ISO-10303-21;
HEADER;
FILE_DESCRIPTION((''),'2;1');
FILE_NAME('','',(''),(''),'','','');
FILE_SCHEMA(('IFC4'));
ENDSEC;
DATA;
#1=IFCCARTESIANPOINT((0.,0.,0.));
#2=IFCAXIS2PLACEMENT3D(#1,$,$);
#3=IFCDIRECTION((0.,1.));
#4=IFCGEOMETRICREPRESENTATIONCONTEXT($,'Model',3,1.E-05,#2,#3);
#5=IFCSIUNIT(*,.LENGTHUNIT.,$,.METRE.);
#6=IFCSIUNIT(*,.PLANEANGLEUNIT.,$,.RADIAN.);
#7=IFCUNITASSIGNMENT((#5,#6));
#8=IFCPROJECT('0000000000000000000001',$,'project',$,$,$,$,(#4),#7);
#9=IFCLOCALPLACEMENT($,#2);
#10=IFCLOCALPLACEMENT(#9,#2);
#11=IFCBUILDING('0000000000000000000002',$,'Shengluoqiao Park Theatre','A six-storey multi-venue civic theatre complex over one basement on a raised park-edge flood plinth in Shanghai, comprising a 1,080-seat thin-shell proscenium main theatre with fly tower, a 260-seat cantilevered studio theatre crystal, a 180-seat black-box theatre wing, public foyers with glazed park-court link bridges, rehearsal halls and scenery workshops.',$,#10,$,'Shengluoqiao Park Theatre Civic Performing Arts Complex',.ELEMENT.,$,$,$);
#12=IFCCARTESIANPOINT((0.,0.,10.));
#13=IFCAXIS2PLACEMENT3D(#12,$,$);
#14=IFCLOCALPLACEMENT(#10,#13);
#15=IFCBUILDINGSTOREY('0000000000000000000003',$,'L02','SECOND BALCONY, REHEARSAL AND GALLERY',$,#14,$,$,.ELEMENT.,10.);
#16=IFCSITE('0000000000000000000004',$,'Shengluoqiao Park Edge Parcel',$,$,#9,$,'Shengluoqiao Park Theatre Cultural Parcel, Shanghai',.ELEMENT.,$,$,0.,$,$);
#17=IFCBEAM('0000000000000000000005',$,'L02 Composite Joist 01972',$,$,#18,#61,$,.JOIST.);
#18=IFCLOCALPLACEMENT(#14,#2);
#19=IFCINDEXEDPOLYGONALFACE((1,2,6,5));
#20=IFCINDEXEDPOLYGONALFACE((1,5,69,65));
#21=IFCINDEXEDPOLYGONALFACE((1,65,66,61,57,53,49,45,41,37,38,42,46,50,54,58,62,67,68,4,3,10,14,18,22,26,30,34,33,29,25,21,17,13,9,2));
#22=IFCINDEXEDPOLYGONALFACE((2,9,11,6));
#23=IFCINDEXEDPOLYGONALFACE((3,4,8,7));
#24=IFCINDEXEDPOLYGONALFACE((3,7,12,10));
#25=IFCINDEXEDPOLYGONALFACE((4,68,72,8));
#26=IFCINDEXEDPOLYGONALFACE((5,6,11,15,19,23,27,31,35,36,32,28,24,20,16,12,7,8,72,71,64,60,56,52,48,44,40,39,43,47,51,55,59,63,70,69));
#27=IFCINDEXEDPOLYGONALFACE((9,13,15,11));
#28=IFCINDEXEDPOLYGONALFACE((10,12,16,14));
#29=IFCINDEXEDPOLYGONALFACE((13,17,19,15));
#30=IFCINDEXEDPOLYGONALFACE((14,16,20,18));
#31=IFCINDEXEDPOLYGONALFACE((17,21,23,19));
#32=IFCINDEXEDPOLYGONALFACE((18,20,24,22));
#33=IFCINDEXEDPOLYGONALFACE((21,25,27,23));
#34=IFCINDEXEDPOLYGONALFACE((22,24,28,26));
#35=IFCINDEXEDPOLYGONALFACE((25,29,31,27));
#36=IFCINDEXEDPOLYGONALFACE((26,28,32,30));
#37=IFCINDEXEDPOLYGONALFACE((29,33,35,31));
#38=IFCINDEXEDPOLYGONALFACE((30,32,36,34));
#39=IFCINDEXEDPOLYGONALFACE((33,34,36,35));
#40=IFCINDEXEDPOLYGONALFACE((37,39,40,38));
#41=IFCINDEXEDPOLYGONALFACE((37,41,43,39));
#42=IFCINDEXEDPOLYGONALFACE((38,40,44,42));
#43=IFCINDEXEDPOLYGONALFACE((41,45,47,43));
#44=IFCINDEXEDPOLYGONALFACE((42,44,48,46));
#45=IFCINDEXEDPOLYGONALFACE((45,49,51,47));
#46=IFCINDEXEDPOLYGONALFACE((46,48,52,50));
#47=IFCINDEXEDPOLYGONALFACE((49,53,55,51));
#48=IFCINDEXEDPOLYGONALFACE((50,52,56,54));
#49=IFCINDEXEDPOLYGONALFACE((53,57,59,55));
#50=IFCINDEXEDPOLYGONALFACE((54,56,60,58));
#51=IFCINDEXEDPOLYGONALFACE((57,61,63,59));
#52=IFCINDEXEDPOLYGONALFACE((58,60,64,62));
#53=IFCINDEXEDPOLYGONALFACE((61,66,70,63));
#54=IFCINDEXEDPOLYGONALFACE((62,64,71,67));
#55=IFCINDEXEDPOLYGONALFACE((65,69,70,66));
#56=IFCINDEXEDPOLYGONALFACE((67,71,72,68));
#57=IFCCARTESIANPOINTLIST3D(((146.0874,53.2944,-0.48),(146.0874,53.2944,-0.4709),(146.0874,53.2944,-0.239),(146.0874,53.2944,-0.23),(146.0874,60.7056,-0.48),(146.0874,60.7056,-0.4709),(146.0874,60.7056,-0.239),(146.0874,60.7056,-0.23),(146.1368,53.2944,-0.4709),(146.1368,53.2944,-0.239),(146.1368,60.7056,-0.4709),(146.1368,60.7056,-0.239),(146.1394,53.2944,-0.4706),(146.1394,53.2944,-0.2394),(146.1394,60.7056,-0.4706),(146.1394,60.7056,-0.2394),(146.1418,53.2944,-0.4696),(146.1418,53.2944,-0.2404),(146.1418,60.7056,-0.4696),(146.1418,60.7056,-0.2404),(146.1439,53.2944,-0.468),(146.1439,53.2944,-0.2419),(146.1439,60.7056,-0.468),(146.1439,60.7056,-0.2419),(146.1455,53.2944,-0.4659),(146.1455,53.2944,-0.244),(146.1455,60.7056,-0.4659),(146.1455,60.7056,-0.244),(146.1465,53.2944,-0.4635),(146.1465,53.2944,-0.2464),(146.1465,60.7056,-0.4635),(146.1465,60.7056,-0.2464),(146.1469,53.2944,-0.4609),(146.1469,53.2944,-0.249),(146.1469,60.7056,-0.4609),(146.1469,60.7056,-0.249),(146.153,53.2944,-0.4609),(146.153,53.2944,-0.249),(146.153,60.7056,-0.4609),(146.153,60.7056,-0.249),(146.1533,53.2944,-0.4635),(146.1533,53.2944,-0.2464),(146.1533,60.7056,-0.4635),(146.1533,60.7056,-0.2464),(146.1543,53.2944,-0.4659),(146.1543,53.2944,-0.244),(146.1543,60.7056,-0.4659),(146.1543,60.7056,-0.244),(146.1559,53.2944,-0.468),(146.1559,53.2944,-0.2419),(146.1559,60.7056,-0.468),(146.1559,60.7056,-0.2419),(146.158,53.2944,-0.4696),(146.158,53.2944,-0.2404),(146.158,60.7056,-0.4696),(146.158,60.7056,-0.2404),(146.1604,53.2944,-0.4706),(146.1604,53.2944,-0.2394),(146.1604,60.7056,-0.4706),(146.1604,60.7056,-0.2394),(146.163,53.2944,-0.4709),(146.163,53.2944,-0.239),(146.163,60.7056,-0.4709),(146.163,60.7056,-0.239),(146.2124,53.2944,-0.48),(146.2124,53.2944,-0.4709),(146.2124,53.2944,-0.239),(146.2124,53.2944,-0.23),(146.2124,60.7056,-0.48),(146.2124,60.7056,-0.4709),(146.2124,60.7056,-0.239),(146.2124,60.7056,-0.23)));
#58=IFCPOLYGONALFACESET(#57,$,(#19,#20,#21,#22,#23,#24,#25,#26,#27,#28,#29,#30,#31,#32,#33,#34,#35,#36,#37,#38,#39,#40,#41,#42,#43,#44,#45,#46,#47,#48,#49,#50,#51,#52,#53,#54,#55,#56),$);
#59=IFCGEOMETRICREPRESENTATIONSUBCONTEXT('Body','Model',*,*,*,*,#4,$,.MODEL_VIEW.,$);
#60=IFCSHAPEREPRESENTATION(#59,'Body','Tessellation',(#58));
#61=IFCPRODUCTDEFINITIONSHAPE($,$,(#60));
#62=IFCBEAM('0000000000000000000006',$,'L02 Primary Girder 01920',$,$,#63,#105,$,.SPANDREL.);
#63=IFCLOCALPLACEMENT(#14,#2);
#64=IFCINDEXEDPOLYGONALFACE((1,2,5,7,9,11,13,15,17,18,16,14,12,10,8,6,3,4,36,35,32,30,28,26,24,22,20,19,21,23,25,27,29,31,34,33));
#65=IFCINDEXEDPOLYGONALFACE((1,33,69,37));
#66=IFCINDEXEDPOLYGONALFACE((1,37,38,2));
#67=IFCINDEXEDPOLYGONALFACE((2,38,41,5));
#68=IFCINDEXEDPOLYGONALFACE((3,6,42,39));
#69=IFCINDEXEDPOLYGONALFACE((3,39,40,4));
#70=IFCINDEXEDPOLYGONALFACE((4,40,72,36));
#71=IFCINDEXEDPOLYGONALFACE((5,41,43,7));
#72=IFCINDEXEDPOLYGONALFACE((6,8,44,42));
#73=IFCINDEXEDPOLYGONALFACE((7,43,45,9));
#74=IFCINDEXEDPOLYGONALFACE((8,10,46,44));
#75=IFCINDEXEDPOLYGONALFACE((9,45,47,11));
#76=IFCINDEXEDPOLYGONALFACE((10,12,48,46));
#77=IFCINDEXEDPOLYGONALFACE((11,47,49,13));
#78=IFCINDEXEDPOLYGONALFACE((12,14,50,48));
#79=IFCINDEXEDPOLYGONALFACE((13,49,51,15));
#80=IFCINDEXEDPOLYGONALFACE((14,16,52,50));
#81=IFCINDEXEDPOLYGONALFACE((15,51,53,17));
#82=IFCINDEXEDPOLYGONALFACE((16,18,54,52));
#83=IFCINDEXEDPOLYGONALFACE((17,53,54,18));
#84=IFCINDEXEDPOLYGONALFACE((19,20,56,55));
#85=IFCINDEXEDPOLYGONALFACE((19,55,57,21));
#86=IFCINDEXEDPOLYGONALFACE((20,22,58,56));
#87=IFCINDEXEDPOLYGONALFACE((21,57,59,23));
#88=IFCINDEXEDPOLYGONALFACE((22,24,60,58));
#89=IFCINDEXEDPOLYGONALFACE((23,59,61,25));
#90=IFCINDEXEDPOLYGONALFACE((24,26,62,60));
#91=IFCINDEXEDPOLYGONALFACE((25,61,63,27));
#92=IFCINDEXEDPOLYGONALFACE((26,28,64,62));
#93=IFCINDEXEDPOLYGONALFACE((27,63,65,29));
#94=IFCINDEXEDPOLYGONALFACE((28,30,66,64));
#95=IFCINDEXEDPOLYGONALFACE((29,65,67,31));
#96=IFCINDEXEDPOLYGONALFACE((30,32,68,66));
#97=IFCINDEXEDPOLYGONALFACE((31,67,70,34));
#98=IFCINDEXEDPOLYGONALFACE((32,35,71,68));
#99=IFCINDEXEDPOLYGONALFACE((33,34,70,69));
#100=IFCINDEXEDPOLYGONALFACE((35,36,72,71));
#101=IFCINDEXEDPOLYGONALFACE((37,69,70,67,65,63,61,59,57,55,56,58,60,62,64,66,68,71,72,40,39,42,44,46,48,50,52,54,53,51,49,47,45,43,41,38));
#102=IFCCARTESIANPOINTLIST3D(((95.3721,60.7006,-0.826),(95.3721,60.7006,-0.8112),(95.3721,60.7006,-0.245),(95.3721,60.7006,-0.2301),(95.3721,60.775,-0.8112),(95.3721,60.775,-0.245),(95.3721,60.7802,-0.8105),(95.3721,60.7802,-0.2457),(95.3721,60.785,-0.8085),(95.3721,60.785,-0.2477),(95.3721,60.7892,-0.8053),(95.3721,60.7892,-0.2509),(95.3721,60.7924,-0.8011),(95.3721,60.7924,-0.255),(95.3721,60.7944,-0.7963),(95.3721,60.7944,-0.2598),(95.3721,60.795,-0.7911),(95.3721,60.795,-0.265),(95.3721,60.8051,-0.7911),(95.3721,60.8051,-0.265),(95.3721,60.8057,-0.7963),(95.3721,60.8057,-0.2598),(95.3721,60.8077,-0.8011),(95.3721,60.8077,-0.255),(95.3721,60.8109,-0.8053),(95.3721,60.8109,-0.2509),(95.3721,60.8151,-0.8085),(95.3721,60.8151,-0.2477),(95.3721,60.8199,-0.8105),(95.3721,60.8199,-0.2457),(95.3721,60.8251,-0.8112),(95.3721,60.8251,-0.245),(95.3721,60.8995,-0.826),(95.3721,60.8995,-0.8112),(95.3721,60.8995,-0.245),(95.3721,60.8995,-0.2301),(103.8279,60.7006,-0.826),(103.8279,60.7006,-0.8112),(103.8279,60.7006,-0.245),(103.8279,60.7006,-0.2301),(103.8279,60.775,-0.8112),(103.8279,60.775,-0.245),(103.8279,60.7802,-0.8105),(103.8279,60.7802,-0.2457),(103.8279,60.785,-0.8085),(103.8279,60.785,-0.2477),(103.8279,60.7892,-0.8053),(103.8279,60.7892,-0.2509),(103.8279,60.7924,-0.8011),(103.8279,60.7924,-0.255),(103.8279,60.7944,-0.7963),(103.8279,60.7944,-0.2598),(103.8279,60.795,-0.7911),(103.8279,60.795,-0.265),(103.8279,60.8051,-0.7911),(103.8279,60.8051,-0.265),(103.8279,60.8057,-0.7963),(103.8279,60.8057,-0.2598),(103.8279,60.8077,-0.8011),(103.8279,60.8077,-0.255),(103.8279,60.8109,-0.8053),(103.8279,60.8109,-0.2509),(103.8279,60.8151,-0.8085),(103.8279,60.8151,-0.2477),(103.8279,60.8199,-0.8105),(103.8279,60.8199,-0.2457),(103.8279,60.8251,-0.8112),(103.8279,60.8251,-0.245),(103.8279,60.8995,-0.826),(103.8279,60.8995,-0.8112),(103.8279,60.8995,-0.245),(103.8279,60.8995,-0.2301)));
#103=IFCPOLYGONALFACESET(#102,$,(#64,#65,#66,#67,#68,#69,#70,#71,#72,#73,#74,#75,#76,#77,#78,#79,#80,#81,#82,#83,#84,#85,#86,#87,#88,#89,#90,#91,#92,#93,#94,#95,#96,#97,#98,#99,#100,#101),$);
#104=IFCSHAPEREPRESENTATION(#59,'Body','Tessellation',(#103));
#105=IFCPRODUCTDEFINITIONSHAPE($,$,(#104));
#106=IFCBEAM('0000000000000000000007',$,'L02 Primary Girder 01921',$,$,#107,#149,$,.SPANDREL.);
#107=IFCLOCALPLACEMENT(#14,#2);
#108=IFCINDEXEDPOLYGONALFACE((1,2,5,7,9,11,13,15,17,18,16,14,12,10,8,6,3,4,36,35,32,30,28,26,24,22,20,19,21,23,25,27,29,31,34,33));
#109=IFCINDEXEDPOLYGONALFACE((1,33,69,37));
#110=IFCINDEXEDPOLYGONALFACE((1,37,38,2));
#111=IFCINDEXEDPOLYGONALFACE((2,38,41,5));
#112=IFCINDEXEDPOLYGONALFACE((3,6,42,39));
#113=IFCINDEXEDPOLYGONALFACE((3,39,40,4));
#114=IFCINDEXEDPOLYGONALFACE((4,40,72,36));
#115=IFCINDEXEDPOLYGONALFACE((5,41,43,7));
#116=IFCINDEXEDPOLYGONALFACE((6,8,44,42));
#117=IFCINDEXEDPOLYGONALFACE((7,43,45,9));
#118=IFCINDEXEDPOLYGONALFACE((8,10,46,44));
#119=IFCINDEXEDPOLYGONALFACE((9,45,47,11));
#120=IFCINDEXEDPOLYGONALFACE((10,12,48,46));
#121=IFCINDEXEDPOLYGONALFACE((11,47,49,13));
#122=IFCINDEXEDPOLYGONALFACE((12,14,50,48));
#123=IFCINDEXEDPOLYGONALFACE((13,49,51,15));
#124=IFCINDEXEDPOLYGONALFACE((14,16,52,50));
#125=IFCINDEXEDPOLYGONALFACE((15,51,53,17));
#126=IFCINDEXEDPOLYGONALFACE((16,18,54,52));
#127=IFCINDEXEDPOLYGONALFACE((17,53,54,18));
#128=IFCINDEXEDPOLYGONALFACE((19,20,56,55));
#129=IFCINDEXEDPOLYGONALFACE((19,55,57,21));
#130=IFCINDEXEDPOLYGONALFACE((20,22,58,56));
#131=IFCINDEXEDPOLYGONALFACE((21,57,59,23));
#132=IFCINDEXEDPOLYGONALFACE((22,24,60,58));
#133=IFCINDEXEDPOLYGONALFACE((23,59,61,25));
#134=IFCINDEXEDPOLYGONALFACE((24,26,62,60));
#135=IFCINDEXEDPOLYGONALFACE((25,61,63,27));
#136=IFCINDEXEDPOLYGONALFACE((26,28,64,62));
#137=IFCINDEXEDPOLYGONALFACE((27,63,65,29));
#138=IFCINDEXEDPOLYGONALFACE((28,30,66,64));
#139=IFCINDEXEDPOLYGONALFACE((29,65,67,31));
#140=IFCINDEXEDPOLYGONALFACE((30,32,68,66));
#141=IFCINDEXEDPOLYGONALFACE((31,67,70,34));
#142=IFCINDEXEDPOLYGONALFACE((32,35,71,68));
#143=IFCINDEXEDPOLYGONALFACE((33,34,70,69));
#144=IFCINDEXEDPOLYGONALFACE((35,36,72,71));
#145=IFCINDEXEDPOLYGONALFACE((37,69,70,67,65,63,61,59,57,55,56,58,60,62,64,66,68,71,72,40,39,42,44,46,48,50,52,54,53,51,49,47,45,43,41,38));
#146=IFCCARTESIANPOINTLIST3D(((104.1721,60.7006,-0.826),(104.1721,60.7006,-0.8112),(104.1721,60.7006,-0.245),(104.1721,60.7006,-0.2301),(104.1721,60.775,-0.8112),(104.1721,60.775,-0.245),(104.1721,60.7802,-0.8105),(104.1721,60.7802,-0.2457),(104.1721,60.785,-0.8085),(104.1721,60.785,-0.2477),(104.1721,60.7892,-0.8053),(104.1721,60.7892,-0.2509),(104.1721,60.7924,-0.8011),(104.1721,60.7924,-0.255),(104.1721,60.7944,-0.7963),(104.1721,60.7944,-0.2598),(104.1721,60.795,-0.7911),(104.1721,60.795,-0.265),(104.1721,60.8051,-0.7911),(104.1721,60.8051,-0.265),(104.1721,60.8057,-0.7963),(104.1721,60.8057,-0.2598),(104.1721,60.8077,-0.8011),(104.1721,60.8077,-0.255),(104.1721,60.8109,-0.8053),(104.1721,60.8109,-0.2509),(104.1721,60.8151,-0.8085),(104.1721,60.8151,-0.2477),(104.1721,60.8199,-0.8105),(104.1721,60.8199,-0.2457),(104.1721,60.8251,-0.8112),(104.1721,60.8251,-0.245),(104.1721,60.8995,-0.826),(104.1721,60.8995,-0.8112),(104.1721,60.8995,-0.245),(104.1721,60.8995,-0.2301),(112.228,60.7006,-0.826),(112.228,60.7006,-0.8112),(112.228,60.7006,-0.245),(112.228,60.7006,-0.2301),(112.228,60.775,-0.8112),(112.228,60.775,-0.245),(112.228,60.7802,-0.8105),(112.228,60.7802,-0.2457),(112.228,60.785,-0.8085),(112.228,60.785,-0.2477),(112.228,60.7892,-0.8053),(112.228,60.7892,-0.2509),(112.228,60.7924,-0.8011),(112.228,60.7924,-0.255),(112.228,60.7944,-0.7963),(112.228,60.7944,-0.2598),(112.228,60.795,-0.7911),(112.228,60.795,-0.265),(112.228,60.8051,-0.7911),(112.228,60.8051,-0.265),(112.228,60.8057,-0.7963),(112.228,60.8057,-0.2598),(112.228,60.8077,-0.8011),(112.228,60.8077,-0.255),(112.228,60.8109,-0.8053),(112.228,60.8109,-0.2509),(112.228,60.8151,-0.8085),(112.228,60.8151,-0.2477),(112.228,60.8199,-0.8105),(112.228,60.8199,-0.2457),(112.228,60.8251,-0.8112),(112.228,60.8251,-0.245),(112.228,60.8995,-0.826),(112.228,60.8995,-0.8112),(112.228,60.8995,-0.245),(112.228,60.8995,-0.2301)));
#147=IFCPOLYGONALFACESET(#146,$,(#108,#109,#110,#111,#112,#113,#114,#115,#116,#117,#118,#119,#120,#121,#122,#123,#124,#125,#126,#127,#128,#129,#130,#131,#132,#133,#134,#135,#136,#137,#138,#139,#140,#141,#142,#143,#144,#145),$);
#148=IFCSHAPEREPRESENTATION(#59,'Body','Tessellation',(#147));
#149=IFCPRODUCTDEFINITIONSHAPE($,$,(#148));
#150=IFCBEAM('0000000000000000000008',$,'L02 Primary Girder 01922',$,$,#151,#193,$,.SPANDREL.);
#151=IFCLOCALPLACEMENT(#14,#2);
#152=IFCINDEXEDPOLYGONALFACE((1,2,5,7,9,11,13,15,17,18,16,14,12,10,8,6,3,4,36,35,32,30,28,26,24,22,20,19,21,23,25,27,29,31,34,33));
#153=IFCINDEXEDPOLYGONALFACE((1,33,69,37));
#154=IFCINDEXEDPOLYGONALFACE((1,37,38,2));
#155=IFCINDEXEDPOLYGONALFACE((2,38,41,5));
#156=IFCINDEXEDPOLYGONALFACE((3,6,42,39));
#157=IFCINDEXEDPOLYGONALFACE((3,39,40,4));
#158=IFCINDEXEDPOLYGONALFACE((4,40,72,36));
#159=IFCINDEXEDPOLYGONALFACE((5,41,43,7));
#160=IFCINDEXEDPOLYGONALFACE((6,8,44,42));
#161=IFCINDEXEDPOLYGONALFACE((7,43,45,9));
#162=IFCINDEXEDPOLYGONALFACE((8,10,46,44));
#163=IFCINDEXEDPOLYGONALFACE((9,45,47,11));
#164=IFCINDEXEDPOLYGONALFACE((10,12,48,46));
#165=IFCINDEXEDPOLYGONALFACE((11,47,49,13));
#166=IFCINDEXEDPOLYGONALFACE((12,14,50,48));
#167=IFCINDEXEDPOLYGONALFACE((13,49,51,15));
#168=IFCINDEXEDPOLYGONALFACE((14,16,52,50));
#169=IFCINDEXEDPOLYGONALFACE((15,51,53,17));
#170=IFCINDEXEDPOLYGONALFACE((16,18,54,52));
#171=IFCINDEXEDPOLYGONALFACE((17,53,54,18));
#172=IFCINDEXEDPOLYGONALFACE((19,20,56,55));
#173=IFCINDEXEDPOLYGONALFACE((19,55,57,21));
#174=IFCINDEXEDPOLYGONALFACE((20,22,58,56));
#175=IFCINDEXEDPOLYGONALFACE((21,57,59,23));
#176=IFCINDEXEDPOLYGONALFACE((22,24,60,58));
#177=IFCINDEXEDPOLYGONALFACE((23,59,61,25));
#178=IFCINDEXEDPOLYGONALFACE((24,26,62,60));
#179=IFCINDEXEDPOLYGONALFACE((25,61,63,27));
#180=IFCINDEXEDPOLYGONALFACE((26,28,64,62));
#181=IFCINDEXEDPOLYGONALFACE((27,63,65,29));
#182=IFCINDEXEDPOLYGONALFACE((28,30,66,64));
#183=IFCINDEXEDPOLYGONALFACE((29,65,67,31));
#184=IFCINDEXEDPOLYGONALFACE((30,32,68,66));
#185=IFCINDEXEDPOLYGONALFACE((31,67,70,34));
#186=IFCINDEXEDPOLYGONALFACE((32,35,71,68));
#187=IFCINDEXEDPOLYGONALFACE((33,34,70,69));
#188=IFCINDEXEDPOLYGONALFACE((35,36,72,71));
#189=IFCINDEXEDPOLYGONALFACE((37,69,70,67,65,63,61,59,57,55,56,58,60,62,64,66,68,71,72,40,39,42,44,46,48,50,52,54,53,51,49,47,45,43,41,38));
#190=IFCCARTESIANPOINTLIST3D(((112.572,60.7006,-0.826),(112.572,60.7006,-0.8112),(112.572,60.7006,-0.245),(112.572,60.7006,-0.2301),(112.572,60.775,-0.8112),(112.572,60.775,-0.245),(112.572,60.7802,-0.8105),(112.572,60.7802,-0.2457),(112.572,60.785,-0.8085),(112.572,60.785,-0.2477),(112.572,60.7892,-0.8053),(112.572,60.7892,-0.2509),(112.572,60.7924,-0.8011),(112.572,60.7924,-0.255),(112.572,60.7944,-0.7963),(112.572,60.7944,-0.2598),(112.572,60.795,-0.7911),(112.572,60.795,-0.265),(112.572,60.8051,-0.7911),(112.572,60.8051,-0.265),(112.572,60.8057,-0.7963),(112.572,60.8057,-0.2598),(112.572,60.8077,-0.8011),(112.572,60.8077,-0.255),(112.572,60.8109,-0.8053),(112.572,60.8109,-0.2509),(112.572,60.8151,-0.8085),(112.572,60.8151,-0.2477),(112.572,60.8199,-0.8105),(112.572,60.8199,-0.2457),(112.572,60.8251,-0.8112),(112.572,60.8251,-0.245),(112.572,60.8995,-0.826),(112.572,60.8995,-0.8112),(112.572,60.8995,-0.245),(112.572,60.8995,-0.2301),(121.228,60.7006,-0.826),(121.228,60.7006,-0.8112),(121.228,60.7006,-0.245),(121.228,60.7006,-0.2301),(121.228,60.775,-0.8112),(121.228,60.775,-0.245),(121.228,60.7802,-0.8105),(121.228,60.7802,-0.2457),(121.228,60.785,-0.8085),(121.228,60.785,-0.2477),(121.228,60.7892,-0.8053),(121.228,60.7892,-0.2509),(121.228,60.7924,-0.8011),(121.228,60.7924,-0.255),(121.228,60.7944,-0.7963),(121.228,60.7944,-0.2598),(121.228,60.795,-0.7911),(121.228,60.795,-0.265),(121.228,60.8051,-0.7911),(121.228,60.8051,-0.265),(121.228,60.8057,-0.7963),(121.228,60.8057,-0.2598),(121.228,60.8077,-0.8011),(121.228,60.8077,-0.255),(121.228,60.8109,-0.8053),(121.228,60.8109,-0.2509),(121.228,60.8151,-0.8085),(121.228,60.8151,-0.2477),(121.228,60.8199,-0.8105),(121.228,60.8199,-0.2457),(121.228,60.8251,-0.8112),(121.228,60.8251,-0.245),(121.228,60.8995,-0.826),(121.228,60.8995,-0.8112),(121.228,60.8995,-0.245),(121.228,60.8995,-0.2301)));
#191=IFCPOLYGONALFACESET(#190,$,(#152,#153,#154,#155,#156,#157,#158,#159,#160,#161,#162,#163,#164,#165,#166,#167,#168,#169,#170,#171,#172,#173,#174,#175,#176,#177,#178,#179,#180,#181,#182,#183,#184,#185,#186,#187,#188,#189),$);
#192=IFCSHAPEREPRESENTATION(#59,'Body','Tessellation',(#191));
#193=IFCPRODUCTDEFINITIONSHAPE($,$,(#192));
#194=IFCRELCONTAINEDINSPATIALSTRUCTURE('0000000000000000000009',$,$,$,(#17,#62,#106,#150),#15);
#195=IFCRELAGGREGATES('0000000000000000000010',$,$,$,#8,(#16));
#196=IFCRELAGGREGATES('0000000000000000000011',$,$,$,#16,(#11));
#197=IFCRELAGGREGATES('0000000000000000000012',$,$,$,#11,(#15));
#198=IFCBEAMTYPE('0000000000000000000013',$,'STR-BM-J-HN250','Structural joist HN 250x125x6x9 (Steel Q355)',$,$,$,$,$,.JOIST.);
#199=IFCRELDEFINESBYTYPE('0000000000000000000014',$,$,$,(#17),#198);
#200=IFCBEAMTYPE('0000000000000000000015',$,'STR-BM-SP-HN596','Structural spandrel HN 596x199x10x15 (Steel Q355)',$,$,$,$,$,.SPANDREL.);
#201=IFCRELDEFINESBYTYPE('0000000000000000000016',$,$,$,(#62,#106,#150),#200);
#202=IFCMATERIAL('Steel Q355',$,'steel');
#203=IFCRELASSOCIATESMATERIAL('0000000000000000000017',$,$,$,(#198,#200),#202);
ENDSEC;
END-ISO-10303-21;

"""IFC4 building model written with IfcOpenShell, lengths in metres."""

from ifc_helpers import new_model, si_unit, direction, frame, origin, origin_2d, place, context, subcontext, project, spatial, i_section, extrude, material, material_profile, profile_set, type_object, element, save


model = new_model("IFC4")

# Units and contexts
model_context = context("Model", 3, precision=1e-05, world=origin(), true_north=direction((0.0, 1.0)))
body_context = subcontext(model_context, "Body", "Model", "MODEL_VIEW")
ifc_project = project(units=[si_unit("LENGTHUNIT", "METRE"), si_unit("PLANEANGLEUNIT", "RADIAN")], contexts=[model_context])

# Site, building, storey
site_placement = place(None, origin())
site = spatial("IfcSite", under=ifc_project, at=site_placement, Name="Shengluoqiao Park Edge Parcel", LongName="Shengluoqiao Park Theatre Cultural Parcel, Shanghai", CompositionType="ELEMENT", RefElevation=0.0)
building_placement = place(site_placement, origin())
building = spatial("IfcBuilding", under=site, at=building_placement, Name="Shengluoqiao Park Theatre", Description="A six-storey multi-venue civic theatre complex over one basement on a raised park-edge flood plinth in Shanghai, comprising a 1,080-seat thin-shell proscenium main theatre with fly tower, a 260-seat cantilevered studio theatre crystal, a 180-seat black-box theatre wing, public foyers with glazed park-court link bridges, rehearsal halls and scenery workshops.", LongName="Shengluoqiao Park Theatre Civic Performing Arts Complex", CompositionType="ELEMENT")
storey_placement = place(building_placement, frame((0.0, 0.0, 10.0)))
storey = spatial("IfcBuildingStorey", under=building, at=storey_placement, Name="L02", Description="SECOND BALCONY, REHEARSAL AND GALLERY", CompositionType="ELEMENT", Elevation=10.0)

# Beams
ifc_material_1 = material(Name="Steel Q355", Category="steel")
ifc_material_profile_1 = material_profile(ifc_material_1, i_section(OverallWidth=0.125, OverallDepth=0.25, WebThickness=0.0061, FlangeThickness=0.009, FilletRadius=0.01, at=origin_2d()), Name="HN 250x125x6x9")
ifc_profile_set_1 = profile_set([ifc_material_profile_1], Name="Steel Q355")
beam_type_1 = type_object("IfcBeamType", Name="STR-BM-J-HN250", Description="Structural joist HN 250x125x6x9 (Steel Q355)", PredefinedType="JOIST", material=ifc_profile_set_1)
for number, where, z_axis, x_axis, name in (
    (1, (146.1499, 53.2944, -0.355), (0.0, 1.0, 0.0), (-1.0, 0.0, 0.0), "L02 Composite Joist 01972"),
):
    element("IfcBeam", number, at=place(storey_placement, frame(where, z_axis=z_axis, x_axis=x_axis)), inside=storey, type_object=beam_type_1, Name=name, PredefinedType="JOIST", context=body_context, shape_type="SweptSolid", body=[
        extrude(i_section(OverallWidth=0.125, OverallDepth=0.25, WebThickness=0.0061, FlangeThickness=0.009, FilletRadius=0.01, at=origin_2d()), origin(), (0.0, 0.0, 1.0), 7.4111),
    ])
ifc_material_profile_2 = material_profile(ifc_material_1, i_section(OverallWidth=0.199, OverallDepth=0.5959, WebThickness=0.01, FlangeThickness=0.0149, FilletRadius=0.02, at=origin_2d()), Name="HN 596x199x10x15")
ifc_profile_set_2 = profile_set([ifc_material_profile_2], Name="Steel Q355")
beam_type_2 = type_object("IfcBeamType", Name="STR-BM-SP-HN596", Description="Structural spandrel HN 596x199x10x15 (Steel Q355)", PredefinedType="SPANDREL", material=ifc_profile_set_2)
beam_1_placement = place(storey_placement, frame((95.3721, 60.8, -0.5281), z_axis=(1.0, 0.0, 0.0), x_axis=(0.0, 1.0, 0.0)))
element("IfcBeam", 2, at=beam_1_placement, inside=storey, type_object=beam_type_2, Name="L02 Primary Girder 01920", PredefinedType="SPANDREL", context=body_context, shape_type="SweptSolid", body=[
    extrude(i_section(OverallWidth=0.199, OverallDepth=0.5959, WebThickness=0.01, FlangeThickness=0.0149, FilletRadius=0.02, at=origin_2d()), origin(), (0.0, 0.0, 1.0), 8.4558),
])
beam_2_placement = place(storey_placement, frame((104.1721, 60.8, -0.5281), z_axis=(1.0, 0.0, 0.0), x_axis=(0.0, 1.0, 0.0)))
element("IfcBeam", 3, at=beam_2_placement, inside=storey, type_object=beam_type_2, Name="L02 Primary Girder 01921", PredefinedType="SPANDREL", context=body_context, shape_type="SweptSolid", body=[
    extrude(i_section(OverallWidth=0.199, OverallDepth=0.5959, WebThickness=0.01, FlangeThickness=0.0149, FilletRadius=0.02, at=origin_2d()), origin(), (0.0, 0.0, 1.0), 8.0559),
])
for number, where, z_axis, x_axis, name in (
    (4, (112.572, 60.8, -0.5281), (1.0, 0.0, 0.0), (0.0, 1.0, 0.0), "L02 Primary Girder 01922"),
):
    element("IfcBeam", number, at=place(storey_placement, frame(where, z_axis=z_axis, x_axis=x_axis)), inside=storey, type_object=beam_type_2, Name=name, PredefinedType="SPANDREL", context=body_context, shape_type="SweptSolid", body=[
        extrude(i_section(OverallWidth=0.199, OverallDepth=0.5959, WebThickness=0.01, FlangeThickness=0.0149, FilletRadius=0.02, at=origin_2d()), origin(), (0.0, 0.0, 1.0), 8.656),
    ])

save(model, "model.ifc")
